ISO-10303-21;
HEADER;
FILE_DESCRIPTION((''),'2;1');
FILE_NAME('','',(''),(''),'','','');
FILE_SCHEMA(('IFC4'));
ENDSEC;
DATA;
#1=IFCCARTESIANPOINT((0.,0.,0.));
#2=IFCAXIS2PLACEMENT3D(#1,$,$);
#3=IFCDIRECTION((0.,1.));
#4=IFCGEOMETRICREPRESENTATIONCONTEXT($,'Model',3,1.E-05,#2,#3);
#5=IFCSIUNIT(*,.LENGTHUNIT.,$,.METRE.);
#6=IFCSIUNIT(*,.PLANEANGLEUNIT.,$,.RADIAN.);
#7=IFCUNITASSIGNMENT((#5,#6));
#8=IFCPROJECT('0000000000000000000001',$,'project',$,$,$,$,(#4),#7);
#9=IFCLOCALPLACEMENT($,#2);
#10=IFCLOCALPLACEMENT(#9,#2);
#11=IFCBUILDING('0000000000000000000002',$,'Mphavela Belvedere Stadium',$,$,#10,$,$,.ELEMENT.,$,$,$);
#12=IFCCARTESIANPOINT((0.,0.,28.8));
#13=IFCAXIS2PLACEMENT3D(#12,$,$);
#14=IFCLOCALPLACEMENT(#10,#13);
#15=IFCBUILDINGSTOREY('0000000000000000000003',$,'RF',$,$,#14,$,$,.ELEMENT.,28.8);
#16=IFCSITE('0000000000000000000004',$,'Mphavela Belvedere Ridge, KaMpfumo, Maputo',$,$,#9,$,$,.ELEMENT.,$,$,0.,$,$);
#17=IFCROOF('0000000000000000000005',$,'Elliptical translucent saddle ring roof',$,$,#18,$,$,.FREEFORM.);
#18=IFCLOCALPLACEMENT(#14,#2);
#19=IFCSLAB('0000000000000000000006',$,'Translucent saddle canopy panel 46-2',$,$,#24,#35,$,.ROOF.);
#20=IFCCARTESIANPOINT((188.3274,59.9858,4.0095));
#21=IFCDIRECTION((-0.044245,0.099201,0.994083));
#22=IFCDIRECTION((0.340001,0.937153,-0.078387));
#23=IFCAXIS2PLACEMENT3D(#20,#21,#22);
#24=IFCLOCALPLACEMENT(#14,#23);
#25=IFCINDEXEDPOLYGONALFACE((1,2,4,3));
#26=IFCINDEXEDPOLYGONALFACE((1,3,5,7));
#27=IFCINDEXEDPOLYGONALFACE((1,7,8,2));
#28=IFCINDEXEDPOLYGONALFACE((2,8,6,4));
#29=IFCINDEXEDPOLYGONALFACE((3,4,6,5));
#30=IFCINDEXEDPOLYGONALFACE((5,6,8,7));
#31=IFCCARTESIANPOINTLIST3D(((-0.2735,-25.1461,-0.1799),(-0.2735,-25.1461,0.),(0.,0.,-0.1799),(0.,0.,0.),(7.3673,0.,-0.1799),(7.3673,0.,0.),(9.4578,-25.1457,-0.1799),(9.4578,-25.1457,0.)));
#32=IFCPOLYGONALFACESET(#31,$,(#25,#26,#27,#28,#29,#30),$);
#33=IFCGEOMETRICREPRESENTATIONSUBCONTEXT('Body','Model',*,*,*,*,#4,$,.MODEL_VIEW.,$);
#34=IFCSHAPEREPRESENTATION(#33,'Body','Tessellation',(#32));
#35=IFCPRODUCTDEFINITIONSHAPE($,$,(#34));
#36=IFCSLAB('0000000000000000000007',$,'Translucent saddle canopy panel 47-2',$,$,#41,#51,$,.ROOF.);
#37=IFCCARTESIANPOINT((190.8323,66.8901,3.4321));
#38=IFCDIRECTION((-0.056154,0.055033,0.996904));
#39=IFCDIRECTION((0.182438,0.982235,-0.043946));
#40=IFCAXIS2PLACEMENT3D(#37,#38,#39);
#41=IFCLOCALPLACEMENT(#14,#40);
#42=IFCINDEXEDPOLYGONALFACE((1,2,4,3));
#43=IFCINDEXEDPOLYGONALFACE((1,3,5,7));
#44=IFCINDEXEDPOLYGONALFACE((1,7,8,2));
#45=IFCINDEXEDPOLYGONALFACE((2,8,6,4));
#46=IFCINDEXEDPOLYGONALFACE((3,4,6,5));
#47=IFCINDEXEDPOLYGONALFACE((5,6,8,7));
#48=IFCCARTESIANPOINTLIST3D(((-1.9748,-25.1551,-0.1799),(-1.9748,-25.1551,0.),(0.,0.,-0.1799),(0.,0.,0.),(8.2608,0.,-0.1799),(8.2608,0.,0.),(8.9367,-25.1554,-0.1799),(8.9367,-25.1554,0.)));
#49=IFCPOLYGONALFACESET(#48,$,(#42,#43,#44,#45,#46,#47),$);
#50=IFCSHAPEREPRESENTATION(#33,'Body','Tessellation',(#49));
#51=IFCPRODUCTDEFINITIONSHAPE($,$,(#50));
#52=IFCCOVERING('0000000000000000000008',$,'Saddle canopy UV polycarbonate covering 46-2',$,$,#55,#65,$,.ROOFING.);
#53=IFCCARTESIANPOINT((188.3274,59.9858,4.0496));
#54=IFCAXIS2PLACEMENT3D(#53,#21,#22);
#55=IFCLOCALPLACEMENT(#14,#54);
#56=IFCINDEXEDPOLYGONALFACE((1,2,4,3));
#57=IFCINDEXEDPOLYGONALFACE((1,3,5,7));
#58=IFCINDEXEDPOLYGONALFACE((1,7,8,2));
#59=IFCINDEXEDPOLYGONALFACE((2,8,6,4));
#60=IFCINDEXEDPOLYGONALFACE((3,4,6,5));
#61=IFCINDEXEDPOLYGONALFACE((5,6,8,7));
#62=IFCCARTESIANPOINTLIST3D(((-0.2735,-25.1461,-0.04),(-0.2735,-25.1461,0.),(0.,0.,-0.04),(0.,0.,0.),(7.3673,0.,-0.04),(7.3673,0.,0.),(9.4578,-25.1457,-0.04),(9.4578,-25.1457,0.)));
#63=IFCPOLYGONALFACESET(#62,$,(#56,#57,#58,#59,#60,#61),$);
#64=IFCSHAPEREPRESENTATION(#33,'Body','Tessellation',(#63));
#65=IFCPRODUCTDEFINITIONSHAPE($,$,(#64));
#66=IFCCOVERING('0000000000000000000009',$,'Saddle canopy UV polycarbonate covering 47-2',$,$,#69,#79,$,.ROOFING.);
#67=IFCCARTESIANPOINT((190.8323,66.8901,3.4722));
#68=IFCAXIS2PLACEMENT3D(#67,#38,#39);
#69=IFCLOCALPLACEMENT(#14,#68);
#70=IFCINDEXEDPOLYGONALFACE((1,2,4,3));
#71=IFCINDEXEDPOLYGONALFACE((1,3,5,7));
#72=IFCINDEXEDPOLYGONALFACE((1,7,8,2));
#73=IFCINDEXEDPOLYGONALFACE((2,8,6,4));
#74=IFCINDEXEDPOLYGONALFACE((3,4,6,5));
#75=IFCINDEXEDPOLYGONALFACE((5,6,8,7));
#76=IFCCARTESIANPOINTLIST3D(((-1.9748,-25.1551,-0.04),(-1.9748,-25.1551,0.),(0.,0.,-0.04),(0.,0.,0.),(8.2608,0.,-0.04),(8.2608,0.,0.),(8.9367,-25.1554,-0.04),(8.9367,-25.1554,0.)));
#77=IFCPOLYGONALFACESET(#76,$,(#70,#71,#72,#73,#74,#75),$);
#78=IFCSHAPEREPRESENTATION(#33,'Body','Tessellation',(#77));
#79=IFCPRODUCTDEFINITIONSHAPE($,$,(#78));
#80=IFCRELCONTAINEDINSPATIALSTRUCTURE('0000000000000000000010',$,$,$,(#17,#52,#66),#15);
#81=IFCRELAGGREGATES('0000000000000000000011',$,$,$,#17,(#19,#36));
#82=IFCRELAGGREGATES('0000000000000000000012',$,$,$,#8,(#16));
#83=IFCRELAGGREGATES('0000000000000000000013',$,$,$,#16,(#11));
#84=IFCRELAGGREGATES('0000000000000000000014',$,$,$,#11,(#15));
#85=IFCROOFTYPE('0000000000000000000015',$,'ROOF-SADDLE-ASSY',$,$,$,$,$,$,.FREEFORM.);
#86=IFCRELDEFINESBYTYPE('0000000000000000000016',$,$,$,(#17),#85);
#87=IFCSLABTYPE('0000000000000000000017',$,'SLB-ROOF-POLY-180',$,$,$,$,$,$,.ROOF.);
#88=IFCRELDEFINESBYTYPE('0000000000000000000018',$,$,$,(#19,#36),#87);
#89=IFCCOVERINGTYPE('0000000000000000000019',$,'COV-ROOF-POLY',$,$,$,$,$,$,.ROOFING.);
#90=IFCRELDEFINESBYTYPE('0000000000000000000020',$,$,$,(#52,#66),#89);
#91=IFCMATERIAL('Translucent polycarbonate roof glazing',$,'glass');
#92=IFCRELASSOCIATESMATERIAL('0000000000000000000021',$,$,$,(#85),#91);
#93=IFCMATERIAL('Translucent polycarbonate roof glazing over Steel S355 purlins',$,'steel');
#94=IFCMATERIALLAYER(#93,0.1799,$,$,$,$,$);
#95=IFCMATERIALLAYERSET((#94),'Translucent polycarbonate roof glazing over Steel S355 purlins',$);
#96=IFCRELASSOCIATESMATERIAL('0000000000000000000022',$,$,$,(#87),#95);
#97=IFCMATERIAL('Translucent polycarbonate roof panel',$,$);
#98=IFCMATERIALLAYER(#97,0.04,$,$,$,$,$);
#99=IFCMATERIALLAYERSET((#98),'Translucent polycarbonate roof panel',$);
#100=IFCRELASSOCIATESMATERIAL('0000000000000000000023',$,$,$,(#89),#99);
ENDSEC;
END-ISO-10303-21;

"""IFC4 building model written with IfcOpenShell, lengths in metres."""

from ifc_helpers import new_model, si_unit, direction, frame, origin, place, context, subcontext, project, spatial, polyline, outline, extrude, material, layer, layer_set, type_object, element, aggregate, save


model = new_model("IFC4")

# Units and contexts
model_context = context("Model", 3, precision=1e-05, world=origin(), true_north=direction((0.0, 1.0)))
body_context = subcontext(model_context, "Body", "Model", "MODEL_VIEW")
ifc_project = project(units=[si_unit("LENGTHUNIT", "METRE"), si_unit("PLANEANGLEUNIT", "RADIAN")], contexts=[model_context])

# Site, building, storey
site_placement = place(None, origin())
site = spatial("IfcSite", under=ifc_project, at=site_placement, Name="Mphavela Belvedere Ridge, KaMpfumo, Maputo", CompositionType="ELEMENT", RefElevation=0.0)
building_placement = place(site_placement, origin())
building = spatial("IfcBuilding", under=site, at=building_placement, Name="Mphavela Belvedere Stadium", CompositionType="ELEMENT")
storey_placement = place(building_placement, frame((0.0, 0.0, 28.8)))
storey = spatial("IfcBuildingStorey", under=building, at=storey_placement, Name="RF", CompositionType="ELEMENT", Elevation=28.8)

# Roof, slabs
ifc_material_1 = material(Name="Translucent polycarbonate roof glazing", Category="glass")
roof_type = type_object("IfcRoofType", Name="ROOF-SADDLE-ASSY", PredefinedType="FREEFORM", material=ifc_material_1)
roof_placement = place(storey_placement, origin())
roof = element("IfcRoof", 1, at=roof_placement, inside=storey, type_object=roof_type, Name="Elliptical translucent saddle ring roof", PredefinedType="FREEFORM")
ifc_material_2 = material(Name="Translucent polycarbonate roof glazing over Steel S355 purlins", Category="steel")
ifc_layer_1 = layer(ifc_material_2, 0.1799)
ifc_layer_set_1 = layer_set([ifc_layer_1], Name="Translucent polycarbonate roof glazing over Steel S355 purlins")
slab_type = type_object("IfcSlabType", Name="SLB-ROOF-POLY-180", PredefinedType="ROOF", material=ifc_layer_set_1)
slab_1_placement = place(storey_placement, frame((188.3274, 59.9858, 4.0095), z_axis=(-0.044245, 0.099201, 0.994083), x_axis=(0.340001, 0.937153, -0.078387)))
slab_1 = element("IfcSlab", 2, at=slab_1_placement, type_object=slab_type, Name="Translucent saddle canopy panel 46-2", PredefinedType="ROOF", context=body_context, shape_type="SweptSolid", body=[
    extrude(outline(polyline([(0.0, 0.0), (7.3673, 0.0), (9.4578, -25.1457), (-0.2735, -25.1461), (0.0, 0.0)])), origin(), (0.0, 0.0, -1.0), 0.1799),
])
slab_2_placement = place(storey_placement, frame((190.8323, 66.8901, 3.4321), z_axis=(-0.056154, 0.055033, 0.996904), x_axis=(0.182438, 0.982235, -0.043946)))
slab_2 = element("IfcSlab", 3, at=slab_2_placement, type_object=slab_type, Name="Translucent saddle canopy panel 47-2", PredefinedType="ROOF", context=body_context, shape_type="SweptSolid", body=[
    extrude(outline(polyline([(0.0, 0.0), (8.2608, 0.0), (8.9367, -25.1554), (-1.9748, -25.1551), (0.0, 0.0)])), origin(), (0.0, 0.0, -1.0), 0.1799),
])
aggregate(roof, [slab_1, slab_2])

# Coverings
ifc_material_3 = material(Name="Translucent polycarbonate roof panel")
ifc_layer_2 = layer(ifc_material_3, 0.04)
ifc_layer_set_2 = layer_set([ifc_layer_2], Name="Translucent polycarbonate roof panel")
covering_type = type_object("IfcCoveringType", Name="COV-ROOF-POLY", PredefinedType="ROOFING", material=ifc_layer_set_2)
covering_1_placement = place(storey_placement, frame((188.3274, 59.9858, 4.0496), z_axis=(-0.044245, 0.099201, 0.994083), x_axis=(0.340001, 0.937153, -0.078387)))
element("IfcCovering", 4, at=covering_1_placement, inside=storey, type_object=covering_type, Name="Saddle canopy UV polycarbonate covering 46-2", PredefinedType="ROOFING", context=body_context, shape_type="SweptSolid", body=[
    extrude(outline(polyline([(0.0, 0.0), (7.3673, 0.0), (9.4578, -25.1457), (-0.2735, -25.1461), (0.0, 0.0)])), origin(), (0.0, 0.0, -1.0), 0.04),
])
covering_2_placement = place(storey_placement, frame((190.8323, 66.8901, 3.4722), z_axis=(-0.056154, 0.055033, 0.996904), x_axis=(0.182438, 0.982235, -0.043946)))
element("IfcCovering", 5, at=covering_2_placement, inside=storey, type_object=covering_type, Name="Saddle canopy UV polycarbonate covering 47-2", PredefinedType="ROOFING", context=body_context, shape_type="SweptSolid", body=[
    extrude(outline(polyline([(0.0, 0.0), (8.2608, 0.0), (8.9367, -25.1554), (-1.9748, -25.1551), (0.0, 0.0)])), origin(), (0.0, 0.0, -1.0), 0.04),
])

save(model, "model.ifc")
